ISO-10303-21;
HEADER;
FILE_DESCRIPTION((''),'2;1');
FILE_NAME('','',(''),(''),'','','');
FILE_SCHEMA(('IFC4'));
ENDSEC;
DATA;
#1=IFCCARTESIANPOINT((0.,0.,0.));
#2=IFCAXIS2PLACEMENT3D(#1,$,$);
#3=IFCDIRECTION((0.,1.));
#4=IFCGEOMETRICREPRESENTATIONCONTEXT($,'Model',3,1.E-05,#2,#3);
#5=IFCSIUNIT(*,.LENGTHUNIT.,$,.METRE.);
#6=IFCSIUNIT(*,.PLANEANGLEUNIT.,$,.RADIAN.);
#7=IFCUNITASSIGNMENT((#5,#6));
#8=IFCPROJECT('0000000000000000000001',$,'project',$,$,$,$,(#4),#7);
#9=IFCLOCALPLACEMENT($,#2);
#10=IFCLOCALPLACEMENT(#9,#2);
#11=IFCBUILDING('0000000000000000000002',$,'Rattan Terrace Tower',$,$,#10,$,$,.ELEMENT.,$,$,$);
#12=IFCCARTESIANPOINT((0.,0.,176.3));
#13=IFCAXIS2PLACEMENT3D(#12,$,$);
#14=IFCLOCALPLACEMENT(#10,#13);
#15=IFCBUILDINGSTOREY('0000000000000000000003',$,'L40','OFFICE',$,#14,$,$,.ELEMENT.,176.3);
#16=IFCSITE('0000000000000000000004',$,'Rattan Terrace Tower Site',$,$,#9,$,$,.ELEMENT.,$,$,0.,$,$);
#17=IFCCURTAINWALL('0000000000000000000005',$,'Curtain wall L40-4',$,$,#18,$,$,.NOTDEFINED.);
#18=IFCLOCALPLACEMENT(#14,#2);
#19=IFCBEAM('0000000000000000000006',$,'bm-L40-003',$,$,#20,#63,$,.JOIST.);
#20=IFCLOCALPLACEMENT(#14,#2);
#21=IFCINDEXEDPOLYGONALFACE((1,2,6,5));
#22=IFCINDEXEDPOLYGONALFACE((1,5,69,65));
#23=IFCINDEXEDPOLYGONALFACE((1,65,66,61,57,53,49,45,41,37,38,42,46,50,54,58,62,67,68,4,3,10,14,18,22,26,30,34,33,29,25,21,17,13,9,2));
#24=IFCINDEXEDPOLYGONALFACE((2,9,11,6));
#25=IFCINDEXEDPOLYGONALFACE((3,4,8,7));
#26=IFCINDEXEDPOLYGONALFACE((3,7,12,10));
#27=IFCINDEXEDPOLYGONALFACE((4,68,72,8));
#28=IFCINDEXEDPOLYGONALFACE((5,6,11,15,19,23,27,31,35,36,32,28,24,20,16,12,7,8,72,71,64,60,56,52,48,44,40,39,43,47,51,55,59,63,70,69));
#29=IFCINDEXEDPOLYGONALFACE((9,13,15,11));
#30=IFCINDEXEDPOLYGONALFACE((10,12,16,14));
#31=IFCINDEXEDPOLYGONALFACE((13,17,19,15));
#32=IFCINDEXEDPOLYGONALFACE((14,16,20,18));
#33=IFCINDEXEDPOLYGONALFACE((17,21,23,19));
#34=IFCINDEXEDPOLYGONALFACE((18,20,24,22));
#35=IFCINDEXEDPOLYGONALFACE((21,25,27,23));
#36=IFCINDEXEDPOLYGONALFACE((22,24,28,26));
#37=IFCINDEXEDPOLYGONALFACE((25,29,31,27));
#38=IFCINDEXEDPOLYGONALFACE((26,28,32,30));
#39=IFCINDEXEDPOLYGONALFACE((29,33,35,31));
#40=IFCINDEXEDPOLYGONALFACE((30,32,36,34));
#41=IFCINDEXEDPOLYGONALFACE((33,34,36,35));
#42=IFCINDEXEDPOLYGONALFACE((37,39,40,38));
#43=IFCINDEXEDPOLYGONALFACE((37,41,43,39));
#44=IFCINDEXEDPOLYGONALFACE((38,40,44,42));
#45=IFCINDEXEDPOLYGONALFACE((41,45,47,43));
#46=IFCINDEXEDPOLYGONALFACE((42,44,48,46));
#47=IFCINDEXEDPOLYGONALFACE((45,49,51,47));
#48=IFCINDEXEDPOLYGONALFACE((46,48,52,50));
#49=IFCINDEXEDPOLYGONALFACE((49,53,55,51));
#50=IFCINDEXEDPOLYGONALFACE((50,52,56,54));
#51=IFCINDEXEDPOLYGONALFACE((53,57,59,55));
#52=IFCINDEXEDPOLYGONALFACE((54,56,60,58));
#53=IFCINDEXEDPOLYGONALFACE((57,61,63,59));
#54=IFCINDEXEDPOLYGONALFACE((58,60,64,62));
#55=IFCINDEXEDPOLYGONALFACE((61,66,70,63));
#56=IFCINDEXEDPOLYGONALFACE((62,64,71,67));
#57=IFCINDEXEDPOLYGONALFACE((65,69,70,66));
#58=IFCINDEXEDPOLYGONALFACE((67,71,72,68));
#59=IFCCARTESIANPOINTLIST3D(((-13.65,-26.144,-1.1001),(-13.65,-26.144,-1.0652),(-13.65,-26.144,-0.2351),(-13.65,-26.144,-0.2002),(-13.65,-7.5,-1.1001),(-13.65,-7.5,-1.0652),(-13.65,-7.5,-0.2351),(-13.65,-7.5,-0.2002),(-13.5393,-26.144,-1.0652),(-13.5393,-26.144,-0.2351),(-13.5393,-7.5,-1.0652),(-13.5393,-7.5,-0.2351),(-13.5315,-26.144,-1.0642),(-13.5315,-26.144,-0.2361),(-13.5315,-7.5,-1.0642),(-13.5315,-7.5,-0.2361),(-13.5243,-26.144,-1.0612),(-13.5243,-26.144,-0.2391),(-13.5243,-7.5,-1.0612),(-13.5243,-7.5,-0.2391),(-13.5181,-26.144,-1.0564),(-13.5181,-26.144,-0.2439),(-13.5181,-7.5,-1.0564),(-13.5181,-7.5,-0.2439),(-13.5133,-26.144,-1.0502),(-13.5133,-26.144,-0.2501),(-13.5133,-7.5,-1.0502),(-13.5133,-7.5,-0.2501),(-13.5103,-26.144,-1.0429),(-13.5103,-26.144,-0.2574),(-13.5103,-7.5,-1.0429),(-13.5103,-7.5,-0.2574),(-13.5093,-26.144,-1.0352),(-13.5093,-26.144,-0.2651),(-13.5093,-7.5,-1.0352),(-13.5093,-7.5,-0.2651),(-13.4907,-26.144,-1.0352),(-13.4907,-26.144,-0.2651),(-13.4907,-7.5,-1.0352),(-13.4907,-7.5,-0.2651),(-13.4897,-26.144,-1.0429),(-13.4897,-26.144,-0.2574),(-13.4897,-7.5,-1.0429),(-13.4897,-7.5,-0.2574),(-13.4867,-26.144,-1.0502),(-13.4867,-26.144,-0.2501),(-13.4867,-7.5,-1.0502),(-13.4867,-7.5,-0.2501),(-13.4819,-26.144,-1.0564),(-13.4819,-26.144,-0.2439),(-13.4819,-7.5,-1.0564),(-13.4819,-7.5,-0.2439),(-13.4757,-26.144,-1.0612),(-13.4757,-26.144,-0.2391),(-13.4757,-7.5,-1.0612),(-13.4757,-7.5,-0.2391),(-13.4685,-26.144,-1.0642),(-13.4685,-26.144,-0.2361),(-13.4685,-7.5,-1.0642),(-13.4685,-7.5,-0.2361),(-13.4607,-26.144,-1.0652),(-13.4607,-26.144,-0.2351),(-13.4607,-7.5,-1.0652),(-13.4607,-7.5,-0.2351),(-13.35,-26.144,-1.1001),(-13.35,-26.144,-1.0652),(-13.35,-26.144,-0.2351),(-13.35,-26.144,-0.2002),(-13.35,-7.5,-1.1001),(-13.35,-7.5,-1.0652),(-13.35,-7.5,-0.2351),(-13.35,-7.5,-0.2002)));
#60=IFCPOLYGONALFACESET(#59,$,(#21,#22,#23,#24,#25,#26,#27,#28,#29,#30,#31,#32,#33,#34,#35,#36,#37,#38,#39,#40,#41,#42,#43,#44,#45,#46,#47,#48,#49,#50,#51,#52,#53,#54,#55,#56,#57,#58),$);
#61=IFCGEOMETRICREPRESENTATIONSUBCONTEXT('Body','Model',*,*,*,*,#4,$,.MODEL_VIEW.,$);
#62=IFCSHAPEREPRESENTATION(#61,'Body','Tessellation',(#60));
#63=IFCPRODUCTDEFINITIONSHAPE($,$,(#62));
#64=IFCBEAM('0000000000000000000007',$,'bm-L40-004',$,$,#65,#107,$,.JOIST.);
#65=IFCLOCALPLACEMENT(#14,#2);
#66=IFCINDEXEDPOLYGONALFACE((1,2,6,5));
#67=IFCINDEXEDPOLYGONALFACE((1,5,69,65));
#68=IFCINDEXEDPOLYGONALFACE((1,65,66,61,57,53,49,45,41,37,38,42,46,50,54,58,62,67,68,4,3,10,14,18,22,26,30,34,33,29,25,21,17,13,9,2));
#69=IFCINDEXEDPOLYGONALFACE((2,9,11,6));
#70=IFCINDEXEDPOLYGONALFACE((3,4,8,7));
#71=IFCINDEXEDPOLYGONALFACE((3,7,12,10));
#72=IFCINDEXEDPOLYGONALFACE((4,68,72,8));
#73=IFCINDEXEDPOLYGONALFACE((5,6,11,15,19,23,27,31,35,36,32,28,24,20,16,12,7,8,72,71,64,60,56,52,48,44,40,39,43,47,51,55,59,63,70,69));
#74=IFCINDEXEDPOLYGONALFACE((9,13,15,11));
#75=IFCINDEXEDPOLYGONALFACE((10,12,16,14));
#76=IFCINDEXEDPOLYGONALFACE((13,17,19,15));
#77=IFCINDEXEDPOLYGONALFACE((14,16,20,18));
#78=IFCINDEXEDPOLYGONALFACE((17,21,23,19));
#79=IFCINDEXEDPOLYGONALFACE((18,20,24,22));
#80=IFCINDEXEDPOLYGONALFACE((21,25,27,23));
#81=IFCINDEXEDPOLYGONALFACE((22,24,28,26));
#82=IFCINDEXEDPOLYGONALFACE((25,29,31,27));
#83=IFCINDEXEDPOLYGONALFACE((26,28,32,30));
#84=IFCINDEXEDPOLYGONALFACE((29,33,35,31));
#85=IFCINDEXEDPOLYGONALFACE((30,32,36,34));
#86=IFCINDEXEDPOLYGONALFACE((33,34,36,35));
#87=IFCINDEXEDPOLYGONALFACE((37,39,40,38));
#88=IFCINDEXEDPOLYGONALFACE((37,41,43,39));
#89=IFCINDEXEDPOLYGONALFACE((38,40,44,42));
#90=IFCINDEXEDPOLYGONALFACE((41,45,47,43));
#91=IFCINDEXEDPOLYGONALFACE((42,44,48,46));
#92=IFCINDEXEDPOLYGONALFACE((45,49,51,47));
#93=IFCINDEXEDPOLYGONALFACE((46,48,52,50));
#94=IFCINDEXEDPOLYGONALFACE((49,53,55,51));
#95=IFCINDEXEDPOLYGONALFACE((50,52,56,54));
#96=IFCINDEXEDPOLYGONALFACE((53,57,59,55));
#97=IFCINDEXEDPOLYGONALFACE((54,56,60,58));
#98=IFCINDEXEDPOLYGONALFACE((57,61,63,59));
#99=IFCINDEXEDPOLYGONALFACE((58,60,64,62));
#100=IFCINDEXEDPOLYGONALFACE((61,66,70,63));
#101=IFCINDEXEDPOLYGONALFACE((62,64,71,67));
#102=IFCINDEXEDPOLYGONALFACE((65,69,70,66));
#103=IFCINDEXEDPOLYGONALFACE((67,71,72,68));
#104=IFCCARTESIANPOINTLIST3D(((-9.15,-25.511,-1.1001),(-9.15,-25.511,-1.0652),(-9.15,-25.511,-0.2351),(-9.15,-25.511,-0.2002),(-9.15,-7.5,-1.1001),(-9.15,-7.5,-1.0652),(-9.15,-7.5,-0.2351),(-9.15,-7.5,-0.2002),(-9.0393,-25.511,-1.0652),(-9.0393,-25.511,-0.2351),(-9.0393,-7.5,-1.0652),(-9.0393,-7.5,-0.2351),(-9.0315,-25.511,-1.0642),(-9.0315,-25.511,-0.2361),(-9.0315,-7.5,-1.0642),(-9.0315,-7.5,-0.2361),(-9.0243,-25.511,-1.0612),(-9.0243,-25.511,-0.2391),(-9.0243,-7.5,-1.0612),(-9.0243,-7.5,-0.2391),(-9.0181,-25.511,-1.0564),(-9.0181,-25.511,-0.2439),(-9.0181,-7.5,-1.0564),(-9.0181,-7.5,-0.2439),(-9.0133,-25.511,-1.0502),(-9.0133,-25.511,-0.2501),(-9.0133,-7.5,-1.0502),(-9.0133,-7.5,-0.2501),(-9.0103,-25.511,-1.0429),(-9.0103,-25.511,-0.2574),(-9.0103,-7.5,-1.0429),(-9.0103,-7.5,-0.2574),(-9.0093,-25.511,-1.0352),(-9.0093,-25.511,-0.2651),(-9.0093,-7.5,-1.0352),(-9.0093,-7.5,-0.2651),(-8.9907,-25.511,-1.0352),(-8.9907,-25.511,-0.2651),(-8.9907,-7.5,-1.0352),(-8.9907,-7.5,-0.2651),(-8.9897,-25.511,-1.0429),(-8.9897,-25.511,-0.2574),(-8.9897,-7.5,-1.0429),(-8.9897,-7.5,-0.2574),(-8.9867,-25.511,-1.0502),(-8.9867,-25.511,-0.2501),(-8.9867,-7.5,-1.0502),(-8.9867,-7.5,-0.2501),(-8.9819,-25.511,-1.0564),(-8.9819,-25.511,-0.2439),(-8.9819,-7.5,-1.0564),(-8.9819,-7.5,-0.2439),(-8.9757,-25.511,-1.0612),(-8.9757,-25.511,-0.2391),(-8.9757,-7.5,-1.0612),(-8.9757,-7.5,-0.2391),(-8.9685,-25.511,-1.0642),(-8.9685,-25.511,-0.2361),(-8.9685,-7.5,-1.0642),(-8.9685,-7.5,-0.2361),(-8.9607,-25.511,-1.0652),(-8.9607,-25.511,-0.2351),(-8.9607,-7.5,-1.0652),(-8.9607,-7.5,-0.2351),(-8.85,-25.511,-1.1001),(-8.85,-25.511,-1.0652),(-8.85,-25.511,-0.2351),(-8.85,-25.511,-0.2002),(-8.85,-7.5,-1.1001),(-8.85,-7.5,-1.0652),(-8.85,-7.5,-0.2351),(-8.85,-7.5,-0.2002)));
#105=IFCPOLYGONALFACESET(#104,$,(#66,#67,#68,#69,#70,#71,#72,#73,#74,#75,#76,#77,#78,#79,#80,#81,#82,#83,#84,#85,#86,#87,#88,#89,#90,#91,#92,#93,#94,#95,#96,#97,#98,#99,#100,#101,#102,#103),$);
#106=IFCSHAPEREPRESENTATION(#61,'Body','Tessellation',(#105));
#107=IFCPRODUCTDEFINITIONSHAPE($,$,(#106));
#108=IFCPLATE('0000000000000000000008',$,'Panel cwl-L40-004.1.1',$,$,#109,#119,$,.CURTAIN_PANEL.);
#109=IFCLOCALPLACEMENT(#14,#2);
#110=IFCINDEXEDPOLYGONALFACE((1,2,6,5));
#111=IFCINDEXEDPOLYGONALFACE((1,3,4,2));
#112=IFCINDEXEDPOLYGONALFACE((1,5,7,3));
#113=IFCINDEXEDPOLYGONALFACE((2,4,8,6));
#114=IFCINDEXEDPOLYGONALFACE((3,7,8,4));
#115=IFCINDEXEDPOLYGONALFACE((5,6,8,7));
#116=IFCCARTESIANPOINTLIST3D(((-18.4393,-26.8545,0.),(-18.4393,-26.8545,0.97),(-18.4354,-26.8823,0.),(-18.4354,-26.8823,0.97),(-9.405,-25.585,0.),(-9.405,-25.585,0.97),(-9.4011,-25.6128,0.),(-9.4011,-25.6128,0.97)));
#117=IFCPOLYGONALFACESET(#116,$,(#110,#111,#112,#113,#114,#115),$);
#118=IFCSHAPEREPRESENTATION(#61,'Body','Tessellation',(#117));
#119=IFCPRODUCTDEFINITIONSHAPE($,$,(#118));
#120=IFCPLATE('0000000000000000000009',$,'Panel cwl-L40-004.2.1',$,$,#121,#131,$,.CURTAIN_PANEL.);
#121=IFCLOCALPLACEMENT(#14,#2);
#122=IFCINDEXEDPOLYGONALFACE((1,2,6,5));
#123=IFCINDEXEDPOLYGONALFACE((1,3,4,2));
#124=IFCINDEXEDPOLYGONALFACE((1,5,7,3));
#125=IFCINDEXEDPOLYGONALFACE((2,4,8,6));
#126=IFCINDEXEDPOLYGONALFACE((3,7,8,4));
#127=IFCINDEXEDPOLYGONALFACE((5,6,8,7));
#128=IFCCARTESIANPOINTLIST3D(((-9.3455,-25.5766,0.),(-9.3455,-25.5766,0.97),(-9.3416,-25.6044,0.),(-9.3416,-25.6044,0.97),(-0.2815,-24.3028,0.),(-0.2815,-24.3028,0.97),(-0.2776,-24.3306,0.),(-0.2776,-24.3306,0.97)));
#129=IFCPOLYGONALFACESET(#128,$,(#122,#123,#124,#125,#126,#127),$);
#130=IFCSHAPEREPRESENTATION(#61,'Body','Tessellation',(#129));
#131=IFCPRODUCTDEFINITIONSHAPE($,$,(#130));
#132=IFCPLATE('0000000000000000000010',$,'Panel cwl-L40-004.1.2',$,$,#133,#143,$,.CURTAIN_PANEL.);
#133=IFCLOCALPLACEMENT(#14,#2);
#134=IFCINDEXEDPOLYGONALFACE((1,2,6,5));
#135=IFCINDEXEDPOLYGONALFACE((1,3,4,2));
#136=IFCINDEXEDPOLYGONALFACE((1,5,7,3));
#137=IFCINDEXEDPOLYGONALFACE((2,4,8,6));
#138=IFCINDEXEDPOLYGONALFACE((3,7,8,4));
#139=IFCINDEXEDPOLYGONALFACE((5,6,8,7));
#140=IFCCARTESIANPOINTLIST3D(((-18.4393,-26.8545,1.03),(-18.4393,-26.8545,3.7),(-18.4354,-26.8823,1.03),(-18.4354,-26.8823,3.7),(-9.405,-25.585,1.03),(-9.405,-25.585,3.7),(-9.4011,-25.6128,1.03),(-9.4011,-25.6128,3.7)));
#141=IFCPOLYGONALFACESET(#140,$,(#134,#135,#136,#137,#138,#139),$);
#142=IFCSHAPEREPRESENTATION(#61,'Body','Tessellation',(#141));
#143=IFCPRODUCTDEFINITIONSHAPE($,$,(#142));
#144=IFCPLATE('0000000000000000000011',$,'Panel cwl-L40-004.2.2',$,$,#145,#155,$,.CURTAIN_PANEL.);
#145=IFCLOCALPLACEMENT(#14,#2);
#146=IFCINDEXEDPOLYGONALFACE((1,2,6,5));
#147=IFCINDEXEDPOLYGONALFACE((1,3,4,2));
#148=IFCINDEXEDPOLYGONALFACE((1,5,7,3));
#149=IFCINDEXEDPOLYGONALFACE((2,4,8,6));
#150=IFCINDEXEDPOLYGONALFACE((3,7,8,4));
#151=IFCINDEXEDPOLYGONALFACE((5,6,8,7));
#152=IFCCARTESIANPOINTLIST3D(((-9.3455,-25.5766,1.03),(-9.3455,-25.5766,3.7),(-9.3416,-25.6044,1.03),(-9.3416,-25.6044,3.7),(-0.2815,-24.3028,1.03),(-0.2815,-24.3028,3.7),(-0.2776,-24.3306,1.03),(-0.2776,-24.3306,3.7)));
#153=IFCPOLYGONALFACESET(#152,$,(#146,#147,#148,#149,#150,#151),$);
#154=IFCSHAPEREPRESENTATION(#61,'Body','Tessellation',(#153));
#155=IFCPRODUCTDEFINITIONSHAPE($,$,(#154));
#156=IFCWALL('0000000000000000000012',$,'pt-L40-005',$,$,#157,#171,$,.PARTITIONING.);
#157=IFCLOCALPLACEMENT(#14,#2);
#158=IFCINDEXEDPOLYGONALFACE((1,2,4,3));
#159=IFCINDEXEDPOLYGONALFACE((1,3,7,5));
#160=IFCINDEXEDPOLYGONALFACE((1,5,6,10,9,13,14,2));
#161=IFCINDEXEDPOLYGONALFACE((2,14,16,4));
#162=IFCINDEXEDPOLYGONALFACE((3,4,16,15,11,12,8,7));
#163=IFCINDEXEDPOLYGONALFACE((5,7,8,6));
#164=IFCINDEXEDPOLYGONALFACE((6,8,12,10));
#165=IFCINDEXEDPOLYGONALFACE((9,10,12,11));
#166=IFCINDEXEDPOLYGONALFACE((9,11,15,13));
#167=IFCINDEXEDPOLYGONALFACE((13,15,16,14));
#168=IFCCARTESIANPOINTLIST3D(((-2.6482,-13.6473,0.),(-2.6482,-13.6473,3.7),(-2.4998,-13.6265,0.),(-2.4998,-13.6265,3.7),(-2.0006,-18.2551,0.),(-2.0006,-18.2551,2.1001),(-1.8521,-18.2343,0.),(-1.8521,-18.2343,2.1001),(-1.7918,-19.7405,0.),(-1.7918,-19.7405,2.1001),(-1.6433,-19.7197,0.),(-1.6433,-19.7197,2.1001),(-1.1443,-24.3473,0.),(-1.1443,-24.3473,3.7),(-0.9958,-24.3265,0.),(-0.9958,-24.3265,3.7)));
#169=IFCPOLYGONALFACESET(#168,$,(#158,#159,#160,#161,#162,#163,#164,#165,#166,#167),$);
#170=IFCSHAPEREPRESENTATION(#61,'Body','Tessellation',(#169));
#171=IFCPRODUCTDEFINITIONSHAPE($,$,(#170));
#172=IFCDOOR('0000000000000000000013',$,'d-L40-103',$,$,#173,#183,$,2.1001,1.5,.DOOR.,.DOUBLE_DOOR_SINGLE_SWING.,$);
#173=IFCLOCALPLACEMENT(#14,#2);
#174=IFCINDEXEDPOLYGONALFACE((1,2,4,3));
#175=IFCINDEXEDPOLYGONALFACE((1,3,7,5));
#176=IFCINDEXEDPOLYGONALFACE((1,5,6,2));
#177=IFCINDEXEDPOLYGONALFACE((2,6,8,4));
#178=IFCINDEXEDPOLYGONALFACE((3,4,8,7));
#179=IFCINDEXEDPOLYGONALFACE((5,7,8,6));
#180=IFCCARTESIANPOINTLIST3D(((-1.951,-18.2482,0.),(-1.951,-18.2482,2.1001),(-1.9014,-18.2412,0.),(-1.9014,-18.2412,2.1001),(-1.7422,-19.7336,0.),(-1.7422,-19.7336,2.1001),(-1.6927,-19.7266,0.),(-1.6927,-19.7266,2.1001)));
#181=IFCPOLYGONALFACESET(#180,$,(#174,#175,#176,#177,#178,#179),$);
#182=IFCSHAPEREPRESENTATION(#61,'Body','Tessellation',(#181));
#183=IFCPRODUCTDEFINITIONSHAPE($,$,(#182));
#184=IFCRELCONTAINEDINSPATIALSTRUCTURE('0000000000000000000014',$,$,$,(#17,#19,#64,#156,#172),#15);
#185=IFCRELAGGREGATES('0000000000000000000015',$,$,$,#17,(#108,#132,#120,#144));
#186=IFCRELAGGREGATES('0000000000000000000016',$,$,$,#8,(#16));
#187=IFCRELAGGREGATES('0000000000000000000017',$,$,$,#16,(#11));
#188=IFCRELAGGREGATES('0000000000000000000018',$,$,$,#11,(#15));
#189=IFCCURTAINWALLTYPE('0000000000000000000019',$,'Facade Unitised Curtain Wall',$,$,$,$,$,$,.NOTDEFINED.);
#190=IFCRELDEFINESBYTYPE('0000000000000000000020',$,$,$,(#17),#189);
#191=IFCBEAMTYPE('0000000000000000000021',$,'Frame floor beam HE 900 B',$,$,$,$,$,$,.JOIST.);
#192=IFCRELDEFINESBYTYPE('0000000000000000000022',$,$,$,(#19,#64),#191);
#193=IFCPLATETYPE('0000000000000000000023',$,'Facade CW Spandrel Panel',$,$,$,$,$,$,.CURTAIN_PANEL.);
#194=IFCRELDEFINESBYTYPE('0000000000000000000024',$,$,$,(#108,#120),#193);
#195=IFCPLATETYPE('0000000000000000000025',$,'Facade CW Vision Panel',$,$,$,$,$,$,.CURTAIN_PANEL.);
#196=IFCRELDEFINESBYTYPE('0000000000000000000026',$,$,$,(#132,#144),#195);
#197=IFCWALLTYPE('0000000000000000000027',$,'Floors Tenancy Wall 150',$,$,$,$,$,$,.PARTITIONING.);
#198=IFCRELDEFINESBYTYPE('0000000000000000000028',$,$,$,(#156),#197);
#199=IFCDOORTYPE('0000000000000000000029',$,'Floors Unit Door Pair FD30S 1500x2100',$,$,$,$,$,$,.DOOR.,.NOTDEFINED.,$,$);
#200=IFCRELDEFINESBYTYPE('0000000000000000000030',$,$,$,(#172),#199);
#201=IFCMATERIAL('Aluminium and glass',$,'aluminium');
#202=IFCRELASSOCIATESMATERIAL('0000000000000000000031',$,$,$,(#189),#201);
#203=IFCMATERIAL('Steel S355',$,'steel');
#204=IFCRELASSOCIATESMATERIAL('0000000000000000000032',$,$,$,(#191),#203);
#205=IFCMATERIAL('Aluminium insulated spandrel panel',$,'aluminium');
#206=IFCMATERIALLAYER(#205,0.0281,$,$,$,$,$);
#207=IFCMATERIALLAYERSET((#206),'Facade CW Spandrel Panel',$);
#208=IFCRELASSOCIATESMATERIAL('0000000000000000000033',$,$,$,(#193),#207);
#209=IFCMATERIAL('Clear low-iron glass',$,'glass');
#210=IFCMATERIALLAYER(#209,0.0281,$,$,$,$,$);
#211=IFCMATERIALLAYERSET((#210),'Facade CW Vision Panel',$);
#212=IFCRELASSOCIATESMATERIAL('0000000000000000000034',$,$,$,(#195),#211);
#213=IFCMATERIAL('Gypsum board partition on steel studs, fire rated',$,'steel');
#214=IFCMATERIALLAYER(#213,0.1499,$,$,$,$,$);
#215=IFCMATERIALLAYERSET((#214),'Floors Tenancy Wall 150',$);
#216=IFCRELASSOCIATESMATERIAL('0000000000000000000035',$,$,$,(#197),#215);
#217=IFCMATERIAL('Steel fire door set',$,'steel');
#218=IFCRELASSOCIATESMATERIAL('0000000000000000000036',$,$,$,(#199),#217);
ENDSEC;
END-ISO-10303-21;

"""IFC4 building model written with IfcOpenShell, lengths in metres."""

from ifc_helpers import new_model, si_unit, direction, frame, frame_2d, origin, origin_2d, place, context, subcontext, project, spatial, rectangle, i_section, extrude, material, layer, layer_set, material_profile, profile_set, type_object, element, fill, aggregate, save


model = new_model("IFC4")

# Units and contexts
model_context = context("Model", 3, precision=1e-05, world=origin(), true_north=direction((0.0, 1.0)))
body_context = subcontext(model_context, "Body", "Model", "MODEL_VIEW")
ifc_project = project(units=[si_unit("LENGTHUNIT", "METRE"), si_unit("PLANEANGLEUNIT", "RADIAN")], contexts=[model_context])

# Site, building, storey
site_placement = place(None, origin())
site = spatial("IfcSite", under=ifc_project, at=site_placement, Name="Rattan Terrace Tower Site", CompositionType="ELEMENT", RefElevation=0.0)
building_placement = place(site_placement, origin())
building = spatial("IfcBuilding", under=site, at=building_placement, Name="Rattan Terrace Tower", CompositionType="ELEMENT")
storey_placement = place(building_placement, frame((0.0, 0.0, 176.3)))
storey = spatial("IfcBuildingStorey", under=building, at=storey_placement, Name="L40", Description="OFFICE", CompositionType="ELEMENT", Elevation=176.3)

# Curtain wall
ifc_material_1 = material(Name="Aluminium and glass", Category="aluminium")
curtain_wall_type = type_object("IfcCurtainWallType", Name="Facade Unitised Curtain Wall", PredefinedType="NOTDEFINED", material=ifc_material_1)
curtain_wall_placement = place(storey_placement, origin())
curtain_wall = element("IfcCurtainWall", 1, at=curtain_wall_placement, inside=storey, type_object=curtain_wall_type, Name="Curtain wall L40-4", PredefinedType="NOTDEFINED")

# Beams
ifc_material_2 = material(Name="Steel S355", Category="steel")
ifc_material_profile_1 = material_profile(ifc_material_2, i_section(OverallWidth=0.3, OverallDepth=0.8999, WebThickness=0.0186, FlangeThickness=0.0349, FilletRadius=0.03, at=origin_2d()), Name="HE 900 B")
ifc_profile_set_1 = profile_set([ifc_material_profile_1], Name="Steel S355")
beam_type_1 = type_object("IfcBeamType", Name="Frame floor beam HE 900 B", PredefinedType="JOIST", material=ifc_profile_set_1)
beam_1_placement = place(storey_placement, frame((-13.5, -26.144, -0.6501), z_axis=(0.0, 1.0, 0.0), x_axis=(-1.0, 0.0, 0.0)))
element("IfcBeam", 2, at=beam_1_placement, inside=storey, type_object=beam_type_1, Name="bm-L40-003", PredefinedType="JOIST", context=body_context, shape_type="SweptSolid", body=[
    extrude(i_section(OverallWidth=0.3, OverallDepth=0.8999, WebThickness=0.0186, FlangeThickness=0.0349, FilletRadius=0.03, at=origin_2d()), origin(), (0.0, 0.0, 1.0), 18.644),
])
beam_2_placement = place(storey_placement, frame((-9.0, -25.511, -0.6501), z_axis=(0.0, 1.0, 0.0), x_axis=(-1.0, 0.0, 0.0)))
element("IfcBeam", 3, at=beam_2_placement, inside=storey, type_object=beam_type_1, Name="bm-L40-004", PredefinedType="JOIST", context=body_context, shape_type="SweptSolid", body=[
    extrude(i_section(OverallWidth=0.3, OverallDepth=0.8999, WebThickness=0.0186, FlangeThickness=0.0349, FilletRadius=0.03, at=origin_2d()), origin(), (0.0, 0.0, 1.0), 18.011),
])

# Plates
ifc_material_3 = material(Name="Aluminium insulated spandrel panel", Category="aluminium")
ifc_layer_1 = layer(ifc_material_3, 0.0281)
ifc_layer_set_1 = layer_set([ifc_layer_1], Name="Facade CW Spandrel Panel")
plate_type_1 = type_object("IfcPlateType", Name="Facade CW Spandrel Panel", PredefinedType="CURTAIN_PANEL", material=ifc_layer_set_1)
plate_1_placement = place(storey_placement, frame((-13.9202, -26.2336, 0.0), z_axis=(0.0, 0.0, 1.0), x_axis=(0.99027, 0.139161, 0.0)))
plate_1 = element("IfcPlate", 4, at=plate_1_placement, type_object=plate_type_1, Name="Panel cwl-L40-004.1.1", PredefinedType="CURTAIN_PANEL", context=body_context, shape_type="SweptSolid", body=[
    extrude(rectangle(XDim=9.123, YDim=0.0281, at=origin_2d()), origin(), (0.0, 0.0, 1.0), 0.97),
])
plate_2_placement = place(storey_placement, frame((-4.8115, -24.9536, 0.0), z_axis=(0.0, 0.0, 1.0), x_axis=(0.99027, 0.139161, 0.0)))
plate_2 = element("IfcPlate", 5, at=plate_2_placement, type_object=plate_type_1, Name="Panel cwl-L40-004.2.1", PredefinedType="CURTAIN_PANEL", context=body_context, shape_type="SweptSolid", body=[
    extrude(rectangle(XDim=9.1531, YDim=0.0281, at=origin_2d()), origin(), (0.0, 0.0, 1.0), 0.97),
])
ifc_material_4 = material(Name="Clear low-iron glass", Category="glass")
ifc_layer_2 = layer(ifc_material_4, 0.0281)
ifc_layer_set_2 = layer_set([ifc_layer_2], Name="Facade CW Vision Panel")
plate_type_2 = type_object("IfcPlateType", Name="Facade CW Vision Panel", PredefinedType="CURTAIN_PANEL", material=ifc_layer_set_2)
plate_3_placement = place(storey_placement, frame((-13.9202, -26.2336, 1.03), z_axis=(0.0, 0.0, 1.0), x_axis=(0.99027, 0.139161, 0.0)))
plate_3 = element("IfcPlate", 6, at=plate_3_placement, type_object=plate_type_2, Name="Panel cwl-L40-004.1.2", PredefinedType="CURTAIN_PANEL", context=body_context, shape_type="SweptSolid", body=[
    extrude(rectangle(XDim=9.123, YDim=0.0281, at=origin_2d()), origin(), (0.0, 0.0, 1.0), 2.6699),
])
plate_4_placement = place(storey_placement, frame((-4.8115, -24.9536, 1.03), z_axis=(0.0, 0.0, 1.0), x_axis=(0.99027, 0.139161, 0.0)))
plate_4 = element("IfcPlate", 7, at=plate_4_placement, type_object=plate_type_2, Name="Panel cwl-L40-004.2.2", PredefinedType="CURTAIN_PANEL", context=body_context, shape_type="SweptSolid", body=[
    extrude(rectangle(XDim=9.1531, YDim=0.0281, at=origin_2d()), origin(), (0.0, 0.0, 1.0), 2.6699),
])
aggregate(curtain_wall, [plate_1, plate_3, plate_2, plate_4])

# Wall, opening, door
ifc_material_5 = material(Name="Gypsum board partition on steel studs, fire rated", Category="steel")
ifc_layer_3 = layer(ifc_material_5, 0.1499)
ifc_layer_set_3 = layer_set([ifc_layer_3], Name="Floors Tenancy Wall 150")
wall_type = type_object("IfcWallType", Name="Floors Tenancy Wall 150", PredefinedType="PARTITIONING", material=ifc_layer_set_3)
wall_placement = place(storey_placement, frame((-1.0701, -24.3369, 0.0), z_axis=(0.0, 0.0, 1.0), x_axis=(-0.139185, 0.990266, 0.0)))
wall = element("IfcWall", 8, at=wall_placement, inside=storey, type_object=wall_type, Name="pt-L40-005", PredefinedType="PARTITIONING", context=body_context, shape_type="SweptSolid", body=[
    extrude(rectangle(XDim=10.8052, YDim=0.1499, at=frame_2d((5.4026, 0.0))), origin(), (0.0, 0.0, 1.0), 3.7),
])
opening_placement = place(wall_placement, frame((4.6521, 0.0, 0.0)))
opening = element("IfcOpeningElement", 9, at=opening_placement, cuts=wall, PredefinedType="OPENING", context=body_context, shape_type="SweptSolid", body=[
    extrude(rectangle(XDim=1.5, YDim=2.1001, at=frame_2d((0.75, 1.05))), frame((0.0, 0.0854, 0.0), z_axis=(0.0, -1.0, 0.0), x_axis=(1.0, 0.0, 0.0)), (0.0, 0.0, 1.0), 0.1709),
])
ifc_material_6 = material(Name="Steel fire door set", Category="steel")
door_type = type_object("IfcDoorType", Name="Floors Unit Door Pair FD30S 1500x2100", OperationType="NOTDEFINED", PredefinedType="DOOR", material=ifc_material_6)
door_placement = place(opening_placement, origin())
door = element("IfcDoor", 10, at=door_placement, inside=storey, type_object=door_type, Name="d-L40-103", OperationType="DOUBLE_DOOR_SINGLE_SWING", OverallHeight=2.1001, OverallWidth=1.5, PredefinedType="DOOR", context=body_context, shape_type="SweptSolid", body=[
    extrude(rectangle(XDim=1.5, YDim=2.1001, at=frame_2d((0.75, 1.05))), frame((0.0, 0.0249, 0.0), z_axis=(0.0, -1.0, 0.0), x_axis=(1.0, 0.0, 0.0)), (0.0, 0.0, 1.0), 0.05),
])
fill(opening, door)

save(model, "model.ifc")
